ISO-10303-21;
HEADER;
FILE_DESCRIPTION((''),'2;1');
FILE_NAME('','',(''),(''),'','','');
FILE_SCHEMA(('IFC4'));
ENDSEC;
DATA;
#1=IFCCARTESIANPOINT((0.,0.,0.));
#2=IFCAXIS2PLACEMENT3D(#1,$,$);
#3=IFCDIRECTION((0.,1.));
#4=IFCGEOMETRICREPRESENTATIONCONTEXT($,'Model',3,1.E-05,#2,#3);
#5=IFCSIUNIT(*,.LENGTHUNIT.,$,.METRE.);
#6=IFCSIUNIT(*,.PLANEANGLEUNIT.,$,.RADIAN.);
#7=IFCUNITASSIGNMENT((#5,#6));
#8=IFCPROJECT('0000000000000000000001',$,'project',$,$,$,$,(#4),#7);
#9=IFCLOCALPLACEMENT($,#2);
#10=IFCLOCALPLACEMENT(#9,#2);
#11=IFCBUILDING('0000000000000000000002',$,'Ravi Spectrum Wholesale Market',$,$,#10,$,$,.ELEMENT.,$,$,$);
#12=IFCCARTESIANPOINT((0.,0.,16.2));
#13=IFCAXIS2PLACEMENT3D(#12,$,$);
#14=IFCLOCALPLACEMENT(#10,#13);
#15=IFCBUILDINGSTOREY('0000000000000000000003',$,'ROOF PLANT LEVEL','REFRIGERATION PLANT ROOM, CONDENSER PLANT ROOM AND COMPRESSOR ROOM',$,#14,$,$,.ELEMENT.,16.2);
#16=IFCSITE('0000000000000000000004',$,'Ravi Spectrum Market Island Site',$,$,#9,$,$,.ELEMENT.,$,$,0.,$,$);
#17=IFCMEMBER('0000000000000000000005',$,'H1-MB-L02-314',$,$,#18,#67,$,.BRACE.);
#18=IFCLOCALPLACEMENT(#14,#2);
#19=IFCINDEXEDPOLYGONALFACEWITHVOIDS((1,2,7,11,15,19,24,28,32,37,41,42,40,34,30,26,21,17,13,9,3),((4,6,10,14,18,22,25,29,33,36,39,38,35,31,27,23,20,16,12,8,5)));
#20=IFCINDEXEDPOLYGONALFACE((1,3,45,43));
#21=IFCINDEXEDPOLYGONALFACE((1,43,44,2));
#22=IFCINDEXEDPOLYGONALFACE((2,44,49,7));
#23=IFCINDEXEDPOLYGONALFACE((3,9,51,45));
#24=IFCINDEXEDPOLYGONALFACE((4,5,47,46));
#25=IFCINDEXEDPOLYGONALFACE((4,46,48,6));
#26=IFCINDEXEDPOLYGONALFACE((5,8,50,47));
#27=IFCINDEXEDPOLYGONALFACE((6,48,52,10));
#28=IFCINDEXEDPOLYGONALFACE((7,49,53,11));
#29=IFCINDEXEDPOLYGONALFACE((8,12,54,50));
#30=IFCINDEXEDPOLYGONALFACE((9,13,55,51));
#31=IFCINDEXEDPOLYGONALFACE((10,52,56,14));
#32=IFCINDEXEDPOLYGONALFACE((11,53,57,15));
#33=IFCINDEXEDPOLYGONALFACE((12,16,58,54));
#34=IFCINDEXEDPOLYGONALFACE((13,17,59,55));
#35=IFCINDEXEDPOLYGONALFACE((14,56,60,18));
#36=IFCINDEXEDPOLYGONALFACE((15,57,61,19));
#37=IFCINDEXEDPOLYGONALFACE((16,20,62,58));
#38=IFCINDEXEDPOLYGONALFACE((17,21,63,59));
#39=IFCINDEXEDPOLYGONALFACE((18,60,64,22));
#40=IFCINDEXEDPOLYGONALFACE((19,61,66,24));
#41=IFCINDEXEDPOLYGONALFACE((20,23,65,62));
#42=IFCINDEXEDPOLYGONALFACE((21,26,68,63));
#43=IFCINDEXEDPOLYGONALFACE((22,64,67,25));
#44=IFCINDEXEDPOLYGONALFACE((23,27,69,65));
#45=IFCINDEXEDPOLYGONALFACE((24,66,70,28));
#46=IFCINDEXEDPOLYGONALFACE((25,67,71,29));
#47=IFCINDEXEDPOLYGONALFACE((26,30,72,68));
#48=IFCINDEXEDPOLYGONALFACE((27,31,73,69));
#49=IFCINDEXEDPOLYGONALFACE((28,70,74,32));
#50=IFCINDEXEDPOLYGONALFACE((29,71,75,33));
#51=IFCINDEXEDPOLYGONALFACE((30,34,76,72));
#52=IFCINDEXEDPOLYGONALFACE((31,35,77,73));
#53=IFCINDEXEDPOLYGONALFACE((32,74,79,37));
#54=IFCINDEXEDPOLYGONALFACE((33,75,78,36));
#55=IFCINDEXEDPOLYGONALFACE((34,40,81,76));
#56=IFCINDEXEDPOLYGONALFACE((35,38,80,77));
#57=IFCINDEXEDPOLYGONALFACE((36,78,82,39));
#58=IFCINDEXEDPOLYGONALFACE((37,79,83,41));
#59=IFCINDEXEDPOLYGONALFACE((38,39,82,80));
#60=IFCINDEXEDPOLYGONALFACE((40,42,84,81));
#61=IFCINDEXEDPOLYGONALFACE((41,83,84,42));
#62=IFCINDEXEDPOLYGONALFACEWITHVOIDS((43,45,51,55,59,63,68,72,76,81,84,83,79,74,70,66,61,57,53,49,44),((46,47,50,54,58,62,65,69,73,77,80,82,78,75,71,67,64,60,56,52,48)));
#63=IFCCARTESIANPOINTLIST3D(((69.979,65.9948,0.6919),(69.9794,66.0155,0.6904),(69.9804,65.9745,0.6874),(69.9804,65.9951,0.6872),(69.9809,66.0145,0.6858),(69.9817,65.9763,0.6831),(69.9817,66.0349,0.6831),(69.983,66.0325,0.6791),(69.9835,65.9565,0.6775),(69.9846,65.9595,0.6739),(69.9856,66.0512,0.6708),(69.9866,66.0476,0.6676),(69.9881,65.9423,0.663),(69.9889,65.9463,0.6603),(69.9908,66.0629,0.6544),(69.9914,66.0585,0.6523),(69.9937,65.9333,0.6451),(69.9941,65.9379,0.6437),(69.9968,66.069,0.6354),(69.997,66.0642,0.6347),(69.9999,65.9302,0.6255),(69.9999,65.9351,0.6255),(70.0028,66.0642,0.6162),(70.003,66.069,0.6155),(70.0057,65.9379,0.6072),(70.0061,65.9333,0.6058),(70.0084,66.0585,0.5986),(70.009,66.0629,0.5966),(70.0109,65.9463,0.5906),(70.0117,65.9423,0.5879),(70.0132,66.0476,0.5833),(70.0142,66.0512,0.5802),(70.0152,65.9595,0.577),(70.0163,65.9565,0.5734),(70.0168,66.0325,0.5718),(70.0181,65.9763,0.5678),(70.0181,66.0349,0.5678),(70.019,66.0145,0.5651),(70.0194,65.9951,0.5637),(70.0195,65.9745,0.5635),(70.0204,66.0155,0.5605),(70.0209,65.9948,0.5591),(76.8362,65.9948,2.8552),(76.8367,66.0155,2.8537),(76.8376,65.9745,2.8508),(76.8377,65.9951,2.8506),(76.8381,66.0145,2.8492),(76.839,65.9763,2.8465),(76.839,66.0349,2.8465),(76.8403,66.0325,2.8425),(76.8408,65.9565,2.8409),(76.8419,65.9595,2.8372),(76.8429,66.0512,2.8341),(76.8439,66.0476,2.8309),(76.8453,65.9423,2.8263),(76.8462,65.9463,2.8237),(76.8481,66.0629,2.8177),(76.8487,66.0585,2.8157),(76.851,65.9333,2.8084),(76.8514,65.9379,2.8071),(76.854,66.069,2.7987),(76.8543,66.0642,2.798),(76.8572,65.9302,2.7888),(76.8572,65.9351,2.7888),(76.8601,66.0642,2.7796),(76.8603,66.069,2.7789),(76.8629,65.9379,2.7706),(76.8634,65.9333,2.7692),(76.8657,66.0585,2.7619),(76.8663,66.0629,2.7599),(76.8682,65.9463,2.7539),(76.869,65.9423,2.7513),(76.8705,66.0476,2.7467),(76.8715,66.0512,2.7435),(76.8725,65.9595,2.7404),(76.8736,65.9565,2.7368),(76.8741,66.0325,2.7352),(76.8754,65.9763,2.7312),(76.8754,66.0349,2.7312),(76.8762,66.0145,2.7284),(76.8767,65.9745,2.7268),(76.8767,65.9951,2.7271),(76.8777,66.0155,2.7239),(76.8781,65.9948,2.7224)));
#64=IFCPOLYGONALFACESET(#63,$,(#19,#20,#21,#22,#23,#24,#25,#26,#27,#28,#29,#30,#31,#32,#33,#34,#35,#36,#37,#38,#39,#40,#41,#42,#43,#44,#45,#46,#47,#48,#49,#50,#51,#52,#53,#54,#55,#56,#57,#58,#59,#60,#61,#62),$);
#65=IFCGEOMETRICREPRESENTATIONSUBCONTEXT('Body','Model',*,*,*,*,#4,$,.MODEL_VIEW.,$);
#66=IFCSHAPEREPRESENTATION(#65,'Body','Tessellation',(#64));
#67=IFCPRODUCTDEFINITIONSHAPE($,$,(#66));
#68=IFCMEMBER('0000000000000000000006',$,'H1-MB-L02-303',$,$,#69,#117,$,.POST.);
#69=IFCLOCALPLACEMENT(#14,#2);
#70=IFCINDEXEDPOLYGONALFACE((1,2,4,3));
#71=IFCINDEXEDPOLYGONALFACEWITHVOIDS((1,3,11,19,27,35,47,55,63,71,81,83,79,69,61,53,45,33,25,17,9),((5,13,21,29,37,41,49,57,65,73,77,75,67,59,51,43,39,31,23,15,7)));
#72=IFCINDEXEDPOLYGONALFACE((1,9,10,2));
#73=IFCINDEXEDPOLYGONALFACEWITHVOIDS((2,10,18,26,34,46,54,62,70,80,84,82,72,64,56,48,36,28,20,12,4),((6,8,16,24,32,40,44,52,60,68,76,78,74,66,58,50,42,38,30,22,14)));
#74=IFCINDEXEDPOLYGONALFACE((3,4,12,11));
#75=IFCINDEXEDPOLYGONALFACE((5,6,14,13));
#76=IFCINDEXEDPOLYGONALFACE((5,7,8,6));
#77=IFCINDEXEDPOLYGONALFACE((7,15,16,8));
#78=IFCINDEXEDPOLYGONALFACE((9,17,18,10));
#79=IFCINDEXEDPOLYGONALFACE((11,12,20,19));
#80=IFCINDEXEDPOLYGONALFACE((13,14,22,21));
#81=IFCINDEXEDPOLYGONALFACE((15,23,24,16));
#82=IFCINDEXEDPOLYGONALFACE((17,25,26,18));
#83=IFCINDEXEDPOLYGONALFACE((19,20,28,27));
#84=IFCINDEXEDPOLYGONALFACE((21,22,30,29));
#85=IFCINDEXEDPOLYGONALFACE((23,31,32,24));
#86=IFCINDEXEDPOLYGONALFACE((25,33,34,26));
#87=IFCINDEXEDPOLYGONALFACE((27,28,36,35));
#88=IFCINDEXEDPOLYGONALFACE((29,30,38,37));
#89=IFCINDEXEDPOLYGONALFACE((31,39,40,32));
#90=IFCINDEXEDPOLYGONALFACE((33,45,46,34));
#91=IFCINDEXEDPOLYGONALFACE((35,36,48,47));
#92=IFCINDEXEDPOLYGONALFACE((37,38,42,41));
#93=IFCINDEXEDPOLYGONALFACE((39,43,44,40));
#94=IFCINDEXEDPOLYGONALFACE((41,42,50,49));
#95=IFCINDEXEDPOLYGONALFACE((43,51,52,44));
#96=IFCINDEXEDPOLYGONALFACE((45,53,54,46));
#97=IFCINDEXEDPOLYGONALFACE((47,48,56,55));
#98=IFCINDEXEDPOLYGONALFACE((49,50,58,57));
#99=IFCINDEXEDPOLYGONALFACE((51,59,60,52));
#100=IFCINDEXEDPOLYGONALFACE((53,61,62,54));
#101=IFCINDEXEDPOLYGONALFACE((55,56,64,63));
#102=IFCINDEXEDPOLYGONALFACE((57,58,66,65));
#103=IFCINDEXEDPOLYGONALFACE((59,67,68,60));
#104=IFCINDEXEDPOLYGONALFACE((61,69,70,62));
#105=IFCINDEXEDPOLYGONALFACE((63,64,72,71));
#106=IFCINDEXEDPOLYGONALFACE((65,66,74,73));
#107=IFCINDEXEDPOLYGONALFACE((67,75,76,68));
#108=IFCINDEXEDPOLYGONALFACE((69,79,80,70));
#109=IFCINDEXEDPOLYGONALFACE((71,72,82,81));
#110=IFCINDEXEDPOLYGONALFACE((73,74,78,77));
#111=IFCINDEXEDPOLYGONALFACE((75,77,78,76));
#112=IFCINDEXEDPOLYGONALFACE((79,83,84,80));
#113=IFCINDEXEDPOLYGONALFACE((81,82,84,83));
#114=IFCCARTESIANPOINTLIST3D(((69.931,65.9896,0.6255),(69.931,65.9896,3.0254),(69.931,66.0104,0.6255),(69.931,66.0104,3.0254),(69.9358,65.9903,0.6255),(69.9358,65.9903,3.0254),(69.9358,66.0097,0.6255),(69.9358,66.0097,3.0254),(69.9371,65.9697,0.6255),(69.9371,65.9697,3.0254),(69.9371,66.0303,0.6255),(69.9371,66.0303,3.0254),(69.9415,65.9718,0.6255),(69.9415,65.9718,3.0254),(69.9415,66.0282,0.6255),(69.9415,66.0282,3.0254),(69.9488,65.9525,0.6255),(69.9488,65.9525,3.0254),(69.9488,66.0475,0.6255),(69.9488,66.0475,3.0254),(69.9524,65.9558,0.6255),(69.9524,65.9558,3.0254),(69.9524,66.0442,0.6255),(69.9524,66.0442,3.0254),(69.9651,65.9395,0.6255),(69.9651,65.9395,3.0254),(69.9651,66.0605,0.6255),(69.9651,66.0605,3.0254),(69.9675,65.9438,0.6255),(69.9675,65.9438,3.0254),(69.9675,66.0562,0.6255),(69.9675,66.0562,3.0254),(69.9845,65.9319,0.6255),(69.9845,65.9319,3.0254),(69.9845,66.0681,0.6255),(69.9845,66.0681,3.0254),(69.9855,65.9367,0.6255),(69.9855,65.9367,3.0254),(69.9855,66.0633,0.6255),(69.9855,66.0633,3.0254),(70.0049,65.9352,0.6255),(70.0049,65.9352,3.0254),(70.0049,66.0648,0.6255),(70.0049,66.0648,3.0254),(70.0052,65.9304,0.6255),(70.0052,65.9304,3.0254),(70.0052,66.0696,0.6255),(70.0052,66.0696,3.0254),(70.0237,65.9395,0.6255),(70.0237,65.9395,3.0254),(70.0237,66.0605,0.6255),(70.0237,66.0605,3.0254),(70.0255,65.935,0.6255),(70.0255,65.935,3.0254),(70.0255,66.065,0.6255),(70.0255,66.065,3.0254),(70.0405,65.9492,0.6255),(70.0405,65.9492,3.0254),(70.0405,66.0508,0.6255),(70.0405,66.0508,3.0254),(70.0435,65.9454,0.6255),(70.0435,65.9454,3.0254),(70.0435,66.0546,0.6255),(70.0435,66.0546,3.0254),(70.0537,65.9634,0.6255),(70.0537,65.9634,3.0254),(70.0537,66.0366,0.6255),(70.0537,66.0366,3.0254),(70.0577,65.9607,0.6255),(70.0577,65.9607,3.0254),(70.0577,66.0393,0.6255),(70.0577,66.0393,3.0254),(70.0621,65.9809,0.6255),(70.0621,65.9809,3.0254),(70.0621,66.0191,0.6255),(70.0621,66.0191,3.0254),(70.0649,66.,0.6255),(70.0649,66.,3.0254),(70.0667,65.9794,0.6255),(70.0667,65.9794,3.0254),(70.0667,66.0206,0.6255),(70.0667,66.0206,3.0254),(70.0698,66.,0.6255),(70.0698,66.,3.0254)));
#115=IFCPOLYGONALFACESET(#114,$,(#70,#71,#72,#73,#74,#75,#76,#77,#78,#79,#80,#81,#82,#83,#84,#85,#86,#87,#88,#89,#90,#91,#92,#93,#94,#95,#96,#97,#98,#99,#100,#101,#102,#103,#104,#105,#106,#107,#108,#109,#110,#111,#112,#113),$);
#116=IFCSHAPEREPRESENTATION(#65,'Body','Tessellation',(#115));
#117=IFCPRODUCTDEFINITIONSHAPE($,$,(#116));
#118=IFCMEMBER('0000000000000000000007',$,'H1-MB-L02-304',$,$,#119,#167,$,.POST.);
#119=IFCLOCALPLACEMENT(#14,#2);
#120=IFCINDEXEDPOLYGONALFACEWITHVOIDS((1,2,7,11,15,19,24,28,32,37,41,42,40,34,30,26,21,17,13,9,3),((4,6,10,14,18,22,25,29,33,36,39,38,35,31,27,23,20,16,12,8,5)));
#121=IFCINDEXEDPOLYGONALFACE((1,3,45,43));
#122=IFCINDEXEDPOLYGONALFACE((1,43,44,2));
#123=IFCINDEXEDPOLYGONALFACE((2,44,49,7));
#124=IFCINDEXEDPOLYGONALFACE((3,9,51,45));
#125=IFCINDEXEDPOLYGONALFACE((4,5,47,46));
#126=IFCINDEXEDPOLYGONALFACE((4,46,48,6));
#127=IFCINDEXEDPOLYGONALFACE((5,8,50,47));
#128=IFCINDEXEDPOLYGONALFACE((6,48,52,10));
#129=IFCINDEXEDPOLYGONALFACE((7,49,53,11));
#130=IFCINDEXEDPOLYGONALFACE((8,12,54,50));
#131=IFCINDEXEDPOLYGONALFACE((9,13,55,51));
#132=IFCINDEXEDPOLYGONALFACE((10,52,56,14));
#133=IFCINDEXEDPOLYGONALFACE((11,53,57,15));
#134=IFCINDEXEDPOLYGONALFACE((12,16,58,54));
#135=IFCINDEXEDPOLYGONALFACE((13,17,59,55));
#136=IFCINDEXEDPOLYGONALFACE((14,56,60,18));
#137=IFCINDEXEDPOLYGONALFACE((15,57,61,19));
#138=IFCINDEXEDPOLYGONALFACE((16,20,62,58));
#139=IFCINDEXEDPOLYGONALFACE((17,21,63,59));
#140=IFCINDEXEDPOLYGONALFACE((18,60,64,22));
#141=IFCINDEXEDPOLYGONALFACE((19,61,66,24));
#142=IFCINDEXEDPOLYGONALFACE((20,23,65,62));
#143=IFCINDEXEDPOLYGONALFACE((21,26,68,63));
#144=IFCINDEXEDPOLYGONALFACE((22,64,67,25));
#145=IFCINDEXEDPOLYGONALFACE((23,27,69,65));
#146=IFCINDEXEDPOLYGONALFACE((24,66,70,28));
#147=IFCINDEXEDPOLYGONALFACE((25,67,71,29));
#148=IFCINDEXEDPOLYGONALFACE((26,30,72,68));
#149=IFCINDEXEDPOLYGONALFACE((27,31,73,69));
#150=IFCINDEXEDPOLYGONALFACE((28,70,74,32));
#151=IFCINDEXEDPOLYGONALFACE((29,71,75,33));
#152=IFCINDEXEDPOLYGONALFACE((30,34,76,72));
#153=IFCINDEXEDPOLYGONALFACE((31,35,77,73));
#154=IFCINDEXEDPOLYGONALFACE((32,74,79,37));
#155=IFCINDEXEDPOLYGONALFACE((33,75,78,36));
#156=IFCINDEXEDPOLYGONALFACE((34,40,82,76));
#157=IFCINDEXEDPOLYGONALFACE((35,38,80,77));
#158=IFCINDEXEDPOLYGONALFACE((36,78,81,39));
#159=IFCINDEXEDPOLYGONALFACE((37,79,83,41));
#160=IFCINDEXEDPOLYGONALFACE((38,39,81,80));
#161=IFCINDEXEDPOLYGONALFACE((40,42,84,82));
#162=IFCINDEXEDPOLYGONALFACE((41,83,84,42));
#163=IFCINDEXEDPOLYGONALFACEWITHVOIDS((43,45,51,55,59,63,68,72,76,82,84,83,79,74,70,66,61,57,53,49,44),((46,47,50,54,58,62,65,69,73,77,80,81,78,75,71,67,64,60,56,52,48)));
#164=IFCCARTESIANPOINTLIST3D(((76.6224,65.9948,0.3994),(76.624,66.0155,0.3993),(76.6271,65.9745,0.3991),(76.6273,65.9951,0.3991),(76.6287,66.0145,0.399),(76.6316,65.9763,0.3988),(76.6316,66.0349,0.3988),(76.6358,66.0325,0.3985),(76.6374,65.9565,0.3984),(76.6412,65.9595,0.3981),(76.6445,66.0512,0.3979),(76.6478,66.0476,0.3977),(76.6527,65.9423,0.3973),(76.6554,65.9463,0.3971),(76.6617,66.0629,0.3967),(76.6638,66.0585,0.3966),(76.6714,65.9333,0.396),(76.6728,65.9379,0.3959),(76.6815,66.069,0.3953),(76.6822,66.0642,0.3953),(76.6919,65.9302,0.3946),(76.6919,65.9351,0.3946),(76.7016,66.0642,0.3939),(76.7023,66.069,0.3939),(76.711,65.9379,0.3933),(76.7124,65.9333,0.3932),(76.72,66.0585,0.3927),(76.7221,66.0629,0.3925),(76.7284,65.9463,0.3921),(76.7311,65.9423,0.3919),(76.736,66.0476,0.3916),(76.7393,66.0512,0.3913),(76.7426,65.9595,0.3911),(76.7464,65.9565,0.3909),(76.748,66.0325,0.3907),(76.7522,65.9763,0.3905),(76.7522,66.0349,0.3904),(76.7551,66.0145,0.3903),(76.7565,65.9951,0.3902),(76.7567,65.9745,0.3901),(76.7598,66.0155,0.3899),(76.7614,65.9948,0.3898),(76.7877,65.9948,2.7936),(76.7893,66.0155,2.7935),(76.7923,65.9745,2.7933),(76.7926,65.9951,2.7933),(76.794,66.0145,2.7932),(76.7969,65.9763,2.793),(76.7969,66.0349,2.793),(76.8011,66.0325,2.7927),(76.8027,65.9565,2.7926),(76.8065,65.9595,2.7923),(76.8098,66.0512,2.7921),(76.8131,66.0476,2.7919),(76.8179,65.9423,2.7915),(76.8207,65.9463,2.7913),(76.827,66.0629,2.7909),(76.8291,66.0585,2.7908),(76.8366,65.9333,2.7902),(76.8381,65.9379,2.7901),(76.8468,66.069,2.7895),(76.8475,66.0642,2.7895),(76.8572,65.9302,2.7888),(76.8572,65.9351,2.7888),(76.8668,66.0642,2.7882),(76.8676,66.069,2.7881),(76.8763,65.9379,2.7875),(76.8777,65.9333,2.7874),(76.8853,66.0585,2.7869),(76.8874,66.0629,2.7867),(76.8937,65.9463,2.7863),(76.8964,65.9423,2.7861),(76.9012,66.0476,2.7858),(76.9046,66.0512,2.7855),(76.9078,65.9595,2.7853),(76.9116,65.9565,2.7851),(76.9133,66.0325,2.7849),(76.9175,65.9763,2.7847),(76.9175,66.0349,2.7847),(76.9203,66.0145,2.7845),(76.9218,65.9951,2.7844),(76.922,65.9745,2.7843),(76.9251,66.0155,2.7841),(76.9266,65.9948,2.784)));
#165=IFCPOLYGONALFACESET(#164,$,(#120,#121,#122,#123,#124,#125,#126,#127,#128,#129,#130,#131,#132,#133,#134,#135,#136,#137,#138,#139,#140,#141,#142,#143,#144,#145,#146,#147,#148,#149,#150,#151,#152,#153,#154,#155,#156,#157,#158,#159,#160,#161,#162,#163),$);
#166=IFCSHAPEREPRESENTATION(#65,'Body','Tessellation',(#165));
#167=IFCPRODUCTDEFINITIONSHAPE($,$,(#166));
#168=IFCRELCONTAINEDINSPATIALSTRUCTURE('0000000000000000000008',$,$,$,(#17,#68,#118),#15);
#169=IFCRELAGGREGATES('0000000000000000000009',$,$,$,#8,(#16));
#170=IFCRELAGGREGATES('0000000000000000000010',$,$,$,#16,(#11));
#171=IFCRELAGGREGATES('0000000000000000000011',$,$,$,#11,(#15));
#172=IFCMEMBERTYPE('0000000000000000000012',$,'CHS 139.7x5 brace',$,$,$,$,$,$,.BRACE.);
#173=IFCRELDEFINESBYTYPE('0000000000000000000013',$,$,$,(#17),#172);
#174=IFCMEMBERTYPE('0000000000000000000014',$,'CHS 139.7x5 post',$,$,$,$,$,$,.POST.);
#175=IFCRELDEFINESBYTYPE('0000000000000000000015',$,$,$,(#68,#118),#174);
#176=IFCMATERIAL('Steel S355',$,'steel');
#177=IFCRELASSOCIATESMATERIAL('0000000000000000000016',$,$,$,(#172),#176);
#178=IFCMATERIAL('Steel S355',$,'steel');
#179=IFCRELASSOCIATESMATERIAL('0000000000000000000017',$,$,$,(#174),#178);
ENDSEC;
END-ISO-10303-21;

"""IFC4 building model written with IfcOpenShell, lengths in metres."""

from ifc_helpers import new_model, si_unit, direction, frame, origin, origin_2d, place, context, subcontext, project, spatial, hollow_circle, extrude, material, material_profile, profile_set, type_object, element, save


model = new_model("IFC4")

# Units and contexts
model_context = context("Model", 3, precision=1e-05, world=origin(), true_north=direction((0.0, 1.0)))
body_context = subcontext(model_context, "Body", "Model", "MODEL_VIEW")
ifc_project = project(units=[si_unit("LENGTHUNIT", "METRE"), si_unit("PLANEANGLEUNIT", "RADIAN")], contexts=[model_context])

# Site, building, storey
site_placement = place(None, origin())
site = spatial("IfcSite", under=ifc_project, at=site_placement, Name="Ravi Spectrum Market Island Site", CompositionType="ELEMENT", RefElevation=0.0)
building_placement = place(site_placement, origin())
building = spatial("IfcBuilding", under=site, at=building_placement, Name="Ravi Spectrum Wholesale Market", CompositionType="ELEMENT")
storey_placement = place(building_placement, frame((0.0, 0.0, 16.2)))
storey = spatial("IfcBuildingStorey", under=building, at=storey_placement, Name="ROOF PLANT LEVEL", Description="REFRIGERATION PLANT ROOM, CONDENSER PLANT ROOM AND COMPRESSOR ROOM", CompositionType="ELEMENT", Elevation=16.2)

# Members
ifc_material_1 = material(Name="Steel S355", Category="steel")
ifc_material_profile_1 = material_profile(ifc_material_1, hollow_circle(Radius=0.0698, WallThickness=0.0049, at=origin_2d()))
ifc_profile_set_1 = profile_set([ifc_material_profile_1], Name="Steel S355")
member_type_1 = type_object("IfcMemberType", Name="CHS 139.7x5 brace", PredefinedType="BRACE", material=ifc_profile_set_1)
member_1_placement = place(storey_placement, frame((76.8572, 66.0, 2.7888), z_axis=(-0.953666, 0.0, -0.300866), x_axis=(0.0, -1.0, 0.0)))
element("IfcMember", 1, at=member_1_placement, inside=storey, type_object=member_type_1, Name="H1-MB-L02-314", PredefinedType="BRACE", context=body_context, shape_type="SweptSolid", body=[
    extrude(hollow_circle(Radius=0.0698, WallThickness=0.0049, at=origin_2d()), origin(), (0.0, 0.0, 1.0), 7.1904),
])
ifc_material_2 = material(Name="Steel S355", Category="steel")
ifc_material_profile_2 = material_profile(ifc_material_2, hollow_circle(Radius=0.0698, WallThickness=0.0049, at=origin_2d()))
ifc_profile_set_2 = profile_set([ifc_material_profile_2], Name="Steel S355")
member_type_2 = type_object("IfcMemberType", Name="CHS 139.7x5 post", PredefinedType="POST", material=ifc_profile_set_2)
for number, where, z_axis, x_axis, name in (
    (2, (70.0, 66.0, 3.0254), (0.0, 0.0, -1.0), (1.0, 0.0, 0.0), "H1-MB-L02-303"),
    (3, (76.8572, 66.0, 2.7888), (-0.068868, 0.0, -0.997626), (0.0, -1.0, 0.0), "H1-MB-L02-304"),
):
    element("IfcMember", number, at=place(storey_placement, frame(where, z_axis=z_axis, x_axis=x_axis)), inside=storey, type_object=member_type_2, Name=name, PredefinedType="POST", context=body_context, shape_type="SweptSolid", body=[
        extrude(hollow_circle(Radius=0.0698, WallThickness=0.0049, at=origin_2d()), origin(), (0.0, 0.0, 1.0), 2.3999),
    ])

save(model, "model.ifc")
